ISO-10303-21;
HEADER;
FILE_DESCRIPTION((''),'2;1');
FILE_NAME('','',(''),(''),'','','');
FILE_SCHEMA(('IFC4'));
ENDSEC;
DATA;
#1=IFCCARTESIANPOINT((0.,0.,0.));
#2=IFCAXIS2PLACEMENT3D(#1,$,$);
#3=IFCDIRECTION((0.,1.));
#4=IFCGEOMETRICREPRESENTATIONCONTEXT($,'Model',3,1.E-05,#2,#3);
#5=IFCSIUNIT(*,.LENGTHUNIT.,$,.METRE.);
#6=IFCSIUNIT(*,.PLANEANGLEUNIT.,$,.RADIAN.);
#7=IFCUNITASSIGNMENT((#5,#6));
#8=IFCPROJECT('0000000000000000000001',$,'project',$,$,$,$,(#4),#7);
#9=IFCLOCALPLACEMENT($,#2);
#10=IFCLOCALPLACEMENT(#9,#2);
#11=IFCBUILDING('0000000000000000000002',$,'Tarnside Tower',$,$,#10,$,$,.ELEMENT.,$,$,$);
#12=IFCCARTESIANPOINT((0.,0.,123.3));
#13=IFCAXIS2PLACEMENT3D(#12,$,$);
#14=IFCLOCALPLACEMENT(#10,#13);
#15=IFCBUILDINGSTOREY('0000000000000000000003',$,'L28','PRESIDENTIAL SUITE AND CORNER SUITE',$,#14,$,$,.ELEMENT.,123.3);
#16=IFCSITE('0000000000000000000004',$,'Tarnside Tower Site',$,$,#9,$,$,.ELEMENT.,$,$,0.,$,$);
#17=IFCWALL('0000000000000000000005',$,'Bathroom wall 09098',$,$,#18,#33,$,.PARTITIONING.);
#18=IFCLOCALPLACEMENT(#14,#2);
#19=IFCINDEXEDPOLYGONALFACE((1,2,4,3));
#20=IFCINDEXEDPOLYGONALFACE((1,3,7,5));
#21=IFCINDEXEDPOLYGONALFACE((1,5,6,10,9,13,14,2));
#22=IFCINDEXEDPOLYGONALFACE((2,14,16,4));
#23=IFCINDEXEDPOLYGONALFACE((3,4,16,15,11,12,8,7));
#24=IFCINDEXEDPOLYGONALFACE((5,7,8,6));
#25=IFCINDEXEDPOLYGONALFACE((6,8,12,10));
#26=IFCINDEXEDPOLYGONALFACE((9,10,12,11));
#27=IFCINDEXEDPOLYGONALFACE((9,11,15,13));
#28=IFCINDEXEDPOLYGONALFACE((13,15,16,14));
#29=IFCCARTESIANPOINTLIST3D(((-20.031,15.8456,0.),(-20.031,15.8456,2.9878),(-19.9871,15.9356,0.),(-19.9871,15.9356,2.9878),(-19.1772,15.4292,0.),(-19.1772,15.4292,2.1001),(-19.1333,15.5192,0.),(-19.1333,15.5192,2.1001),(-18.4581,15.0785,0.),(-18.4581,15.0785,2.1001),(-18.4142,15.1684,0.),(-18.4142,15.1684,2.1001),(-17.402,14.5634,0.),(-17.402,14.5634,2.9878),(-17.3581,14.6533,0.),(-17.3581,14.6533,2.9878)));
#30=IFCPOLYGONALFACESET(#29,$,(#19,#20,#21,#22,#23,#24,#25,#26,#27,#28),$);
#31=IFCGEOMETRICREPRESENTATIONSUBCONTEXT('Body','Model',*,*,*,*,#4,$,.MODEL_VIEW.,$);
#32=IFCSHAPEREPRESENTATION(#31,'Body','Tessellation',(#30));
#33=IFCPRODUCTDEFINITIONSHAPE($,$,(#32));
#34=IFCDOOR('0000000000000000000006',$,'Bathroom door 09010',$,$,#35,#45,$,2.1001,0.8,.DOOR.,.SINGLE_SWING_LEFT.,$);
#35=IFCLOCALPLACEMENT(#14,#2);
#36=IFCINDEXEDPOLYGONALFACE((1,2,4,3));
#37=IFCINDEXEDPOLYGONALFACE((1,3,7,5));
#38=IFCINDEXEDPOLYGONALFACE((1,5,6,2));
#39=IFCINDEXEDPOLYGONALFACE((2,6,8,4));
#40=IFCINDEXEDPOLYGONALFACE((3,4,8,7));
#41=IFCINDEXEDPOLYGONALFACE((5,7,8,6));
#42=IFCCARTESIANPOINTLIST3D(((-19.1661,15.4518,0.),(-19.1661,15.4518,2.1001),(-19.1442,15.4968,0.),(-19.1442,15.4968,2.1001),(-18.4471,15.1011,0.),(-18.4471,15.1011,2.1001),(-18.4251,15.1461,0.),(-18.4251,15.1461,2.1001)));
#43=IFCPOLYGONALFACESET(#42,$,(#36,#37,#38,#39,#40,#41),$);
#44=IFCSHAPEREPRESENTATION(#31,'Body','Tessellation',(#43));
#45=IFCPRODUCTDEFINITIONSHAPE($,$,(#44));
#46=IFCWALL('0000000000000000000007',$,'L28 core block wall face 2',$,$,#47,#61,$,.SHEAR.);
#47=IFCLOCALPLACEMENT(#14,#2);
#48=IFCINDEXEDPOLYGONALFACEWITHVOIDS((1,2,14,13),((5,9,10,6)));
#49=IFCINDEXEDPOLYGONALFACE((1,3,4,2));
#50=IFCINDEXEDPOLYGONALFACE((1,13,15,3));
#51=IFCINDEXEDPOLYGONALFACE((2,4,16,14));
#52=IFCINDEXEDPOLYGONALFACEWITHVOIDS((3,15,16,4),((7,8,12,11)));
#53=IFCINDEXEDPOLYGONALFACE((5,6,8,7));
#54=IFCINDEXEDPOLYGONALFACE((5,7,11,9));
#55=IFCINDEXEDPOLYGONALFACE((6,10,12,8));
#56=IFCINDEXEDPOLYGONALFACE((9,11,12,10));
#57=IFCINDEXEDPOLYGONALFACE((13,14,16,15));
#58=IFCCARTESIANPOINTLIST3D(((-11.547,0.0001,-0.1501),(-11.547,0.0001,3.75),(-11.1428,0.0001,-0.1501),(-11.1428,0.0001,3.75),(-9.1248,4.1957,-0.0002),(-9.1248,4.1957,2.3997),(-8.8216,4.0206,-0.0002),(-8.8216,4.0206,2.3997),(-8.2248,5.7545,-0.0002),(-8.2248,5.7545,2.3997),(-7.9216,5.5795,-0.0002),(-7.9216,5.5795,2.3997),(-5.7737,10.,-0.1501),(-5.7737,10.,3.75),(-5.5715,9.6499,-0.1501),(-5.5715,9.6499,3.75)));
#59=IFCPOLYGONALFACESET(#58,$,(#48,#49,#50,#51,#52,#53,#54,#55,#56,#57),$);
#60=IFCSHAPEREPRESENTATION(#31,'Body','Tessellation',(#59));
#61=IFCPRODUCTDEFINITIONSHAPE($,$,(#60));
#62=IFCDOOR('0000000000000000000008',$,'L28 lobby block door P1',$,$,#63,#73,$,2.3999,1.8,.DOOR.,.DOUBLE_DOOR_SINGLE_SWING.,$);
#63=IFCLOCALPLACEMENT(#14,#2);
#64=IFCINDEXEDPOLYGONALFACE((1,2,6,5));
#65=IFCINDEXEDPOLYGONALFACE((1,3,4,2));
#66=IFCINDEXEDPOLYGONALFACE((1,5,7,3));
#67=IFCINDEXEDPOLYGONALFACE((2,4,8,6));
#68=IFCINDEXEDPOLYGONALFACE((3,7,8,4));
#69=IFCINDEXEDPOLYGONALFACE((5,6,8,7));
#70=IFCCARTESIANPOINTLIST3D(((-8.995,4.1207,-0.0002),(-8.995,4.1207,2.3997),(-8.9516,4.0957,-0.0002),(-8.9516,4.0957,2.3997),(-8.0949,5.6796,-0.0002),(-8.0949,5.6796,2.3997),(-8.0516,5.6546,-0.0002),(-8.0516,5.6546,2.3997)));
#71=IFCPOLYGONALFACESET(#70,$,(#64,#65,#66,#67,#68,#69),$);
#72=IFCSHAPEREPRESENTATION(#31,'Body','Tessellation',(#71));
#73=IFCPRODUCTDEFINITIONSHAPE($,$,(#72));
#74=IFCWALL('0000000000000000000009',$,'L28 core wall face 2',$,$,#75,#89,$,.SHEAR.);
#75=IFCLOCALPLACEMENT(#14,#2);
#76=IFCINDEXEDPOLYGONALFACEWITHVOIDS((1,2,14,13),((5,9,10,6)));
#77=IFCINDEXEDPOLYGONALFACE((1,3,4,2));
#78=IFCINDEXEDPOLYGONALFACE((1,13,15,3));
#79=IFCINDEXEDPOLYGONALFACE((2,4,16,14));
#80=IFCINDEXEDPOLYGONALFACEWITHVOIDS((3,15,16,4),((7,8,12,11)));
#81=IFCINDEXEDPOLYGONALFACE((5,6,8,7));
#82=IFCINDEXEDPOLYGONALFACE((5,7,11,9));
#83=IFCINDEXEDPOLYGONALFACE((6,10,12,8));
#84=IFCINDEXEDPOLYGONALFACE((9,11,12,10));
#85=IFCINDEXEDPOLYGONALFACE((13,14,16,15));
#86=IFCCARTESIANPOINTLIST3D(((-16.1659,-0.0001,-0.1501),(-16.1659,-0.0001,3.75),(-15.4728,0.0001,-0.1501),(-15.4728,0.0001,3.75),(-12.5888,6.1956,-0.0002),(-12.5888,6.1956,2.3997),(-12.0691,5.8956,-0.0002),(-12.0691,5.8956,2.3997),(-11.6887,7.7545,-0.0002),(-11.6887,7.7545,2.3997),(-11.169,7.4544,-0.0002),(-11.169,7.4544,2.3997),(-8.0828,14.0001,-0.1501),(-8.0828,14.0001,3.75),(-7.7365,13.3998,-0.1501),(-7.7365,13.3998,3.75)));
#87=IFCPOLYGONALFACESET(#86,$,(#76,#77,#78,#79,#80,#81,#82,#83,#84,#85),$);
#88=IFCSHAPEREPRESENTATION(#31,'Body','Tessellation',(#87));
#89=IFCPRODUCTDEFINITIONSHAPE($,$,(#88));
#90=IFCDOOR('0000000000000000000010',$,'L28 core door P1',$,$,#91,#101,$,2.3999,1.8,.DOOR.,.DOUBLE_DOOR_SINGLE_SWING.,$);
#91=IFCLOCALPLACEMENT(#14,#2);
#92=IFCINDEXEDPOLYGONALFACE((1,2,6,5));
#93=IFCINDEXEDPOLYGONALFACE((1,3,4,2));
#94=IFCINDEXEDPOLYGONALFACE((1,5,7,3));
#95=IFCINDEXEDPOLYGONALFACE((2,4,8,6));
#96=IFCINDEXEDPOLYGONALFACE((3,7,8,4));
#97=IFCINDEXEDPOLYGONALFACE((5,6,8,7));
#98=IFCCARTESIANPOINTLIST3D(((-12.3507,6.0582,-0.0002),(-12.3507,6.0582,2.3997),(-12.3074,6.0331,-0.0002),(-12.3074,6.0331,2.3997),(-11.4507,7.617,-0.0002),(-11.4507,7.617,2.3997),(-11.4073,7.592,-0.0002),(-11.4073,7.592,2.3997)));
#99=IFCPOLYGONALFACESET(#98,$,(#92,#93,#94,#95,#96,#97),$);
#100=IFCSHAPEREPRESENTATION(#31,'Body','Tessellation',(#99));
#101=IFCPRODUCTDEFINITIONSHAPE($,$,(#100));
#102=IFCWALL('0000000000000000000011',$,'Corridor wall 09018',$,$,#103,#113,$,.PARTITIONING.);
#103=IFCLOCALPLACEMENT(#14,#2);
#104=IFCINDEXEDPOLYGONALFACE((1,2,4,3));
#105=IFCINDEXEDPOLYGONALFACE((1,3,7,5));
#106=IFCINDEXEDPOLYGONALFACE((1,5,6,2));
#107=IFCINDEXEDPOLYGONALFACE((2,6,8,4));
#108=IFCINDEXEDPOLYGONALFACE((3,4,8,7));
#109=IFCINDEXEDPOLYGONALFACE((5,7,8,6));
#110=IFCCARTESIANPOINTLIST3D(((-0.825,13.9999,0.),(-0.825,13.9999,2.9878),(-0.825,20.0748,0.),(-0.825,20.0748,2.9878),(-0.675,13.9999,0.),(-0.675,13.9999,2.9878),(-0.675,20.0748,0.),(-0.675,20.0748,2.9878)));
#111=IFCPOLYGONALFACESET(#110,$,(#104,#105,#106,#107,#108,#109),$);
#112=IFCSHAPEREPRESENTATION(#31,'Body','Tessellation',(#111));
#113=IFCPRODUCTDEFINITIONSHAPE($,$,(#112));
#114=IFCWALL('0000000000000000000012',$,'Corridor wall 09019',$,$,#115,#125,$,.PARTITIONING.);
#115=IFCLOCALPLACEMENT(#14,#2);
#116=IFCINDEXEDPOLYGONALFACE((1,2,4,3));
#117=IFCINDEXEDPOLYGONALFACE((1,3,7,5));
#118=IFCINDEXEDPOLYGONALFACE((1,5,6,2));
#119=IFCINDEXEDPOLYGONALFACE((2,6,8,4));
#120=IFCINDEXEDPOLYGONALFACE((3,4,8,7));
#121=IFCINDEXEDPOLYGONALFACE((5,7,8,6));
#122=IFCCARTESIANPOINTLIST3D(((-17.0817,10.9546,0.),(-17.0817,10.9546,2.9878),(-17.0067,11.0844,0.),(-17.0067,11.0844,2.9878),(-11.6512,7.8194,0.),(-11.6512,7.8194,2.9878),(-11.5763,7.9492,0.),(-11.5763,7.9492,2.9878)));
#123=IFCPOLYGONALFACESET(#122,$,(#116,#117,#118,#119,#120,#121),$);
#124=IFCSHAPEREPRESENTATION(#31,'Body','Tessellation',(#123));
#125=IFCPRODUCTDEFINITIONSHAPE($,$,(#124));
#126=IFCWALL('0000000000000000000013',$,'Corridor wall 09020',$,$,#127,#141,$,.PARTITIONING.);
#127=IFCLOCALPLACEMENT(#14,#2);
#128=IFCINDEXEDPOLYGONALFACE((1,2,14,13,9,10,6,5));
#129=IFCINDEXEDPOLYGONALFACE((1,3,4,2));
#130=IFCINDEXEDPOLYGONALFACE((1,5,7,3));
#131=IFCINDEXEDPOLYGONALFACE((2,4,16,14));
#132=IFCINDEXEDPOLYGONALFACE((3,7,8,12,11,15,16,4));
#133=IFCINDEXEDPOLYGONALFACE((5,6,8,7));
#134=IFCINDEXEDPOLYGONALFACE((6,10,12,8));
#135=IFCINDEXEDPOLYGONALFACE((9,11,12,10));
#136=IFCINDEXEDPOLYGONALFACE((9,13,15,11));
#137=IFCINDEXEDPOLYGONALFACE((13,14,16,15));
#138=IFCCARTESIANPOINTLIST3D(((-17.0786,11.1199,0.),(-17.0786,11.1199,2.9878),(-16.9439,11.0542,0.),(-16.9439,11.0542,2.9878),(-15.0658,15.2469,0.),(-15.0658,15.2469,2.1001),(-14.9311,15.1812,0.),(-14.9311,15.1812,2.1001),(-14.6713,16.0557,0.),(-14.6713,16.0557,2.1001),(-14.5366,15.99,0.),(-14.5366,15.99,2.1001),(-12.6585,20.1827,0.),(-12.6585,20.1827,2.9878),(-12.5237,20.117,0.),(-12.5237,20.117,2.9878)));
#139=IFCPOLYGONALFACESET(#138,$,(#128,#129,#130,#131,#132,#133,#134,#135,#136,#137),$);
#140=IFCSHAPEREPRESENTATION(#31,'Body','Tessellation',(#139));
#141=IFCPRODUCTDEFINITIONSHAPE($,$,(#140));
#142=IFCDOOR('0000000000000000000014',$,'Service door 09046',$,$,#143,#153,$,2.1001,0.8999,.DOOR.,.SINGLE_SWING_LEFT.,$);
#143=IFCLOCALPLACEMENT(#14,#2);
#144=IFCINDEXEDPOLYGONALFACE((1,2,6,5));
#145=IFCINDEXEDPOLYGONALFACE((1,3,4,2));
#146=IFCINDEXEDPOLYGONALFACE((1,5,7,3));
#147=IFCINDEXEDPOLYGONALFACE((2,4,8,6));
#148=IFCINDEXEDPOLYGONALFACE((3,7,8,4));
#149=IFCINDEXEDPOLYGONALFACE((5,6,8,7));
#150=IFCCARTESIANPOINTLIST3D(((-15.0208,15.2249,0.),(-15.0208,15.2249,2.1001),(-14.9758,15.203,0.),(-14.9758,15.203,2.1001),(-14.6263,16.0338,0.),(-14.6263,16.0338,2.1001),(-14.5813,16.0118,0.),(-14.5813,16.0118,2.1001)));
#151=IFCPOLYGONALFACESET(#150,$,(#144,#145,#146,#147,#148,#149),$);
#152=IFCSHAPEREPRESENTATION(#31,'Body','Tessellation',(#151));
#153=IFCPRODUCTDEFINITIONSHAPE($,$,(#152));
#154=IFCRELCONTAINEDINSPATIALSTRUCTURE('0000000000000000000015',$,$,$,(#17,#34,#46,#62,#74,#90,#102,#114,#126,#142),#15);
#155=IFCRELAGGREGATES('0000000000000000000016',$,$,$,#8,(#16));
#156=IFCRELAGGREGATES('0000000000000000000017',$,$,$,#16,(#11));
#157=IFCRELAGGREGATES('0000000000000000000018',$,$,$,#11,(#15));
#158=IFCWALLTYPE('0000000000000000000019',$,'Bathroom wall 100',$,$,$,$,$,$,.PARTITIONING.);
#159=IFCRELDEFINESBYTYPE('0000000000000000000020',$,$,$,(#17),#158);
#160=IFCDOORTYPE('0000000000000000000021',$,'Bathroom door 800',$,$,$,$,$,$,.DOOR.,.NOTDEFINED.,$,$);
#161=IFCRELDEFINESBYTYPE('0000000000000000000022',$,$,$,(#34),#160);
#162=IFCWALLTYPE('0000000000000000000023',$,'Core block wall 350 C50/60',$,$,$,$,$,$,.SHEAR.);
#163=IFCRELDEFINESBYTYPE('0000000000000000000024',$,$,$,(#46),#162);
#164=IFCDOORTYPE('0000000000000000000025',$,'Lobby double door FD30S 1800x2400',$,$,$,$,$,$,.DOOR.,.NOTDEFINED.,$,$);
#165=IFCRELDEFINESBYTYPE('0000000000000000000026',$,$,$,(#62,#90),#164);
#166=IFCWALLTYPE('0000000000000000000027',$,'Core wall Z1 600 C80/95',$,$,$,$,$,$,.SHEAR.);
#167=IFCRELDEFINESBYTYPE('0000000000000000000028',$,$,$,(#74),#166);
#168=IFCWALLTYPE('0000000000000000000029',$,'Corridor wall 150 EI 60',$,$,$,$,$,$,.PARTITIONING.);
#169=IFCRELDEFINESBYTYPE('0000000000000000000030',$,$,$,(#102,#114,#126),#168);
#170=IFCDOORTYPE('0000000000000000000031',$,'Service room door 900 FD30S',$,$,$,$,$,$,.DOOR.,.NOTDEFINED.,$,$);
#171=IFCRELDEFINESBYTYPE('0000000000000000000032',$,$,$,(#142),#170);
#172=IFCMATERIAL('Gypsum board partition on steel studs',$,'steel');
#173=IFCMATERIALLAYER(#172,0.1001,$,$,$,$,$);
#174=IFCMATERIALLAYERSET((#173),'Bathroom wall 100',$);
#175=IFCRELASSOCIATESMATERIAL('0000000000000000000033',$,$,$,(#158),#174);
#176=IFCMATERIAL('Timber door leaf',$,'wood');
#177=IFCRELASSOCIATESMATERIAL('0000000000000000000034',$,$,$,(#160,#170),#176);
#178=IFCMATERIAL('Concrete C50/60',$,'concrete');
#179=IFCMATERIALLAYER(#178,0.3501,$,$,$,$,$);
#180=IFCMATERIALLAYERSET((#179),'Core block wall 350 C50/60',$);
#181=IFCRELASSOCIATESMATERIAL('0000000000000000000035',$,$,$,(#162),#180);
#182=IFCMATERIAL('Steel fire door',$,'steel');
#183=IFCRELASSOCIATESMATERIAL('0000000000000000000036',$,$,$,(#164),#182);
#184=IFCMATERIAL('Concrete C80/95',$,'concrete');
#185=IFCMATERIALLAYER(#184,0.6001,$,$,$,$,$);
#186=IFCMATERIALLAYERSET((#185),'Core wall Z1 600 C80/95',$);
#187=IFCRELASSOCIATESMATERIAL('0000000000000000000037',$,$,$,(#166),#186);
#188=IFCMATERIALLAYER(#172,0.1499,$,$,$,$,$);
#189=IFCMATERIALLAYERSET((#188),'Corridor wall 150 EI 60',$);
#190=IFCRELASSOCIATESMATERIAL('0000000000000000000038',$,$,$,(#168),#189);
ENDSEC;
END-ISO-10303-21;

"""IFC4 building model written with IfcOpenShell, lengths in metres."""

from ifc_helpers import new_model, si_unit, direction, frame, frame_2d, origin, place, context, subcontext, project, spatial, polyline, rectangle, outline, extrude, material, layer, layer_set, type_object, element, fill, save


model = new_model("IFC4")

# Units and contexts
model_context = context("Model", 3, precision=1e-05, world=origin(), true_north=direction((0.0, 1.0)))
body_context = subcontext(model_context, "Body", "Model", "MODEL_VIEW")
ifc_project = project(units=[si_unit("LENGTHUNIT", "METRE"), si_unit("PLANEANGLEUNIT", "RADIAN")], contexts=[model_context])

# Site, building, storey
site_placement = place(None, origin())
site = spatial("IfcSite", under=ifc_project, at=site_placement, Name="Tarnside Tower Site", CompositionType="ELEMENT", RefElevation=0.0)
building_placement = place(site_placement, origin())
building = spatial("IfcBuilding", under=site, at=building_placement, Name="Tarnside Tower", CompositionType="ELEMENT")
storey_placement = place(building_placement, frame((0.0, 0.0, 123.3)))
storey = spatial("IfcBuildingStorey", under=building, at=storey_placement, Name="L28", Description="PRESIDENTIAL SUITE AND CORNER SUITE", CompositionType="ELEMENT", Elevation=123.3)

# Walls, openings, doors
ifc_material_1 = material(Name="Gypsum board partition on steel studs", Category="steel")
ifc_layer_1 = layer(ifc_material_1, 0.1001)
ifc_layer_set_1 = layer_set([ifc_layer_1], Name="Bathroom wall 100")
wall_type_1 = type_object("IfcWallType", Name="Bathroom wall 100", PredefinedType="PARTITIONING", material=ifc_layer_set_1)
wall_1_placement = place(storey_placement, frame((-17.3801, 14.6084, 0.0), z_axis=(0.0, 0.0, 1.0), x_axis=(-0.898791, 0.438378, 0.0)))
wall_1 = element("IfcWall", 1, at=wall_1_placement, inside=storey, type_object=wall_type_1, Name="Bathroom wall 09098", PredefinedType="PARTITIONING", context=body_context, shape_type="SweptSolid", body=[
    extrude(rectangle(XDim=2.925, YDim=0.1001, at=frame_2d((1.4624, 0.0))), origin(), (0.0, 0.0, 1.0), 2.9878),
])
opening_1_placement = place(wall_1_placement, frame((1.175, 0.0, 0.0)))
opening_1 = element("IfcOpeningElement", 2, at=opening_1_placement, cuts=wall_1, PredefinedType="OPENING", context=body_context, shape_type="SweptSolid", body=[
    extrude(rectangle(XDim=0.8, YDim=2.1001, at=frame_2d((0.3999, 1.05))), frame((0.0, 0.0601, 0.0), z_axis=(0.0, -1.0, 0.0), x_axis=(1.0, 0.0, 0.0)), (0.0, 0.0, 1.0), 0.1201),
])
ifc_material_2 = material(Name="Timber door leaf", Category="wood")
door_type_1 = type_object("IfcDoorType", Name="Bathroom door 800", OperationType="NOTDEFINED", PredefinedType="DOOR", material=ifc_material_2)
door_1_placement = place(opening_1_placement, origin())
door_1 = element("IfcDoor", 3, at=door_1_placement, inside=storey, type_object=door_type_1, Name="Bathroom door 09010", OperationType="SINGLE_SWING_LEFT", OverallHeight=2.1001, OverallWidth=0.8, PredefinedType="DOOR", context=body_context, shape_type="SweptSolid", body=[
    extrude(rectangle(XDim=0.8, YDim=2.1001, at=frame_2d((0.3999, 1.05))), frame((0.0, 0.0249, 0.0), z_axis=(0.0, -1.0, 0.0), x_axis=(1.0, 0.0, 0.0)), (0.0, 0.0, 1.0), 0.05),
])
fill(opening_1, door_1)
ifc_material_3 = material(Name="Concrete C50/60", Category="concrete")
ifc_layer_2 = layer(ifc_material_3, 0.3501)
ifc_layer_set_2 = layer_set([ifc_layer_2], Name="Core block wall 350 C50/60")
wall_type_2 = type_object("IfcWallType", Name="Core block wall 350 C50/60", PredefinedType="SHEAR", material=ifc_layer_set_2)
wall_2_placement = place(storey_placement, frame((-5.6726, 9.825, -0.1501), z_axis=(0.0, 0.0, 1.0), x_axis=(-0.499995, -0.866028, 0.0)))
wall_2 = element("IfcWall", 4, at=wall_2_placement, inside=storey, type_object=wall_type_2, Name="L28 core block wall face 2", PredefinedType="SHEAR", context=body_context, shape_type="SweptSolid", body=[
    extrude(outline(polyline([(-0.1011, -0.175), (11.4458, -0.175), (11.2437, 0.175), (0.1011, 0.175), (-0.1011, -0.175)])), origin(), (0.0, 0.0, 1.0), 3.9001),
])
opening_2_placement = place(wall_2_placement, frame((4.8013, 0.0, 0.1499)))
opening_2 = element("IfcOpeningElement", 5, at=opening_2_placement, cuts=wall_2, PredefinedType="OPENING", context=body_context, shape_type="SweptSolid", body=[
    extrude(rectangle(XDim=1.8, YDim=2.3999, at=frame_2d((0.8999, 1.2))), frame((0.0, 0.1851, 0.0), z_axis=(0.0, -1.0, 0.0), x_axis=(1.0, 0.0, 0.0)), (0.0, 0.0, 1.0), 0.3701),
])
ifc_material_4 = material(Name="Steel fire door", Category="steel")
door_type_2 = type_object("IfcDoorType", Name="Lobby double door FD30S 1800x2400", OperationType="NOTDEFINED", PredefinedType="DOOR", material=ifc_material_4)
door_2_placement = place(opening_2_placement, origin())
door_2 = element("IfcDoor", 6, at=door_2_placement, inside=storey, type_object=door_type_2, Name="L28 lobby block door P1", OperationType="DOUBLE_DOOR_SINGLE_SWING", OverallHeight=2.3999, OverallWidth=1.8, PredefinedType="DOOR", context=body_context, shape_type="SweptSolid", body=[
    extrude(rectangle(XDim=1.8, YDim=2.3999, at=frame_2d((0.8999, 1.2))), frame((0.0, 0.0249, 0.0), z_axis=(0.0, -1.0, 0.0), x_axis=(1.0, 0.0, 0.0)), (0.0, 0.0, 1.0), 0.05),
])
fill(opening_2, door_2)
ifc_material_5 = material(Name="Concrete C80/95", Category="concrete")
ifc_layer_3 = layer(ifc_material_5, 0.6001)
ifc_layer_set_3 = layer_set([ifc_layer_3], Name="Core wall Z1 600 C80/95")
wall_type_3 = type_object("IfcWallType", Name="Core wall Z1 600 C80/95", PredefinedType="SHEAR", material=ifc_layer_set_3)
wall_3_placement = place(storey_placement, frame((-7.9097, 13.7, -0.1501), z_axis=(0.0, 0.0, 1.0), x_axis=(-0.5, -0.866025, 0.0)))
wall_3 = element("IfcWall", 7, at=wall_3_placement, inside=storey, type_object=wall_type_3, Name="L28 core wall face 2", PredefinedType="SHEAR", context=body_context, shape_type="SweptSolid", body=[
    extrude(outline(polyline([(-0.1733, -0.3), (15.9927, -0.3), (15.646, 0.3), (0.1733, 0.3), (-0.1733, -0.3)])), origin(), (0.0, 0.0, 1.0), 3.9001),
])
opening_3_placement = place(wall_3_placement, frame((7.0386, 0.0, 0.1499)))
opening_3 = element("IfcOpeningElement", 8, at=opening_3_placement, cuts=wall_3, PredefinedType="OPENING", context=body_context, shape_type="SweptSolid", body=[
    extrude(rectangle(XDim=1.8, YDim=2.3999, at=frame_2d((0.8999, 1.2))), frame((0.0, 0.3101, 0.0), z_axis=(0.0, -1.0, 0.0), x_axis=(1.0, 0.0, 0.0)), (0.0, 0.0, 1.0), 0.6201),
])
door_3_placement = place(opening_3_placement, origin())
door_3 = element("IfcDoor", 9, at=door_3_placement, inside=storey, type_object=door_type_2, Name="L28 core door P1", OperationType="DOUBLE_DOOR_SINGLE_SWING", OverallHeight=2.3999, OverallWidth=1.8, PredefinedType="DOOR", context=body_context, shape_type="SweptSolid", body=[
    extrude(rectangle(XDim=1.8, YDim=2.3999, at=frame_2d((0.8999, 1.2))), frame((0.0, 0.0249, 0.0), z_axis=(0.0, -1.0, 0.0), x_axis=(1.0, 0.0, 0.0)), (0.0, 0.0, 1.0), 0.05),
])
fill(opening_3, door_3)

# Walls
ifc_layer_4 = layer(ifc_material_1, 0.1499)
ifc_layer_set_4 = layer_set([ifc_layer_4], Name="Corridor wall 150 EI 60")
wall_type_4 = type_object("IfcWallType", Name="Corridor wall 150 EI 60", PredefinedType="PARTITIONING", material=ifc_layer_set_4)
wall_4_placement = place(storey_placement, frame((-0.75, 20.075, 0.0), z_axis=(0.0, 0.0, 1.0), x_axis=(0.0, -1.0, 0.0)))
element("IfcWall", 10, at=wall_4_placement, inside=storey, type_object=wall_type_4, Name="Corridor wall 09018", PredefinedType="PARTITIONING", context=body_context, shape_type="SweptSolid", body=[
    extrude(rectangle(XDim=6.075, YDim=0.1499, at=frame_2d((3.0376, 0.0))), origin(), (0.0, 0.0, 1.0), 2.9878),
])
wall_5_placement = place(storey_placement, frame((-11.6138, 7.8843, 0.0), z_axis=(0.0, 0.0, 1.0), x_axis=(-0.866025, 0.5, 0.0)))
element("IfcWall", 11, at=wall_5_placement, inside=storey, type_object=wall_type_4, Name="Corridor wall 09019", PredefinedType="PARTITIONING", context=body_context, shape_type="SweptSolid", body=[
    extrude(rectangle(XDim=6.2705, YDim=0.1499, at=frame_2d((3.1353, 0.0))), origin(), (0.0, 0.0, 1.0), 2.9878),
])

# Wall, opening, door
wall_6_placement = place(storey_placement, frame((-17.0112, 11.0872, 0.0), z_axis=(0.0, 0.0, 1.0), x_axis=(0.438369, 0.898795, 0.0)))
wall_6 = element("IfcWall", 12, at=wall_6_placement, inside=storey, type_object=wall_type_4, Name="Corridor wall 09020", PredefinedType="PARTITIONING", context=body_context, shape_type="SweptSolid", body=[
    extrude(rectangle(XDim=10.0833, YDim=0.1499, at=frame_2d((5.0415, 0.0))), origin(), (0.0, 0.0, 1.0), 2.9878),
])
opening_4_placement = place(wall_6_placement, frame((4.5916, 0.0, 0.0)))
opening_4 = element("IfcOpeningElement", 13, at=opening_4_placement, cuts=wall_6, PredefinedType="OPENING", context=body_context, shape_type="SweptSolid", body=[
    extrude(rectangle(XDim=0.8999, YDim=2.1001, at=frame_2d((0.45, 1.05))), frame((0.0, 0.085, 0.0), z_axis=(0.0, -1.0, 0.0), x_axis=(1.0, 0.0, 0.0)), (0.0, 0.0, 1.0), 0.1699),
])
door_type_3 = type_object("IfcDoorType", Name="Service room door 900 FD30S", OperationType="NOTDEFINED", PredefinedType="DOOR", material=ifc_material_2)
door_4_placement = place(opening_4_placement, origin())
door_4 = element("IfcDoor", 14, at=door_4_placement, inside=storey, type_object=door_type_3, Name="Service door 09046", OperationType="SINGLE_SWING_LEFT", OverallHeight=2.1001, OverallWidth=0.8999, PredefinedType="DOOR", context=body_context, shape_type="SweptSolid", body=[
    extrude(rectangle(XDim=0.8999, YDim=2.1001, at=frame_2d((0.45, 1.05))), frame((0.0, 0.0249, 0.0), z_axis=(0.0, -1.0, 0.0), x_axis=(1.0, 0.0, 0.0)), (0.0, 0.0, 1.0), 0.05),
])
fill(opening_4, door_4)

save(model, "model.ifc")
